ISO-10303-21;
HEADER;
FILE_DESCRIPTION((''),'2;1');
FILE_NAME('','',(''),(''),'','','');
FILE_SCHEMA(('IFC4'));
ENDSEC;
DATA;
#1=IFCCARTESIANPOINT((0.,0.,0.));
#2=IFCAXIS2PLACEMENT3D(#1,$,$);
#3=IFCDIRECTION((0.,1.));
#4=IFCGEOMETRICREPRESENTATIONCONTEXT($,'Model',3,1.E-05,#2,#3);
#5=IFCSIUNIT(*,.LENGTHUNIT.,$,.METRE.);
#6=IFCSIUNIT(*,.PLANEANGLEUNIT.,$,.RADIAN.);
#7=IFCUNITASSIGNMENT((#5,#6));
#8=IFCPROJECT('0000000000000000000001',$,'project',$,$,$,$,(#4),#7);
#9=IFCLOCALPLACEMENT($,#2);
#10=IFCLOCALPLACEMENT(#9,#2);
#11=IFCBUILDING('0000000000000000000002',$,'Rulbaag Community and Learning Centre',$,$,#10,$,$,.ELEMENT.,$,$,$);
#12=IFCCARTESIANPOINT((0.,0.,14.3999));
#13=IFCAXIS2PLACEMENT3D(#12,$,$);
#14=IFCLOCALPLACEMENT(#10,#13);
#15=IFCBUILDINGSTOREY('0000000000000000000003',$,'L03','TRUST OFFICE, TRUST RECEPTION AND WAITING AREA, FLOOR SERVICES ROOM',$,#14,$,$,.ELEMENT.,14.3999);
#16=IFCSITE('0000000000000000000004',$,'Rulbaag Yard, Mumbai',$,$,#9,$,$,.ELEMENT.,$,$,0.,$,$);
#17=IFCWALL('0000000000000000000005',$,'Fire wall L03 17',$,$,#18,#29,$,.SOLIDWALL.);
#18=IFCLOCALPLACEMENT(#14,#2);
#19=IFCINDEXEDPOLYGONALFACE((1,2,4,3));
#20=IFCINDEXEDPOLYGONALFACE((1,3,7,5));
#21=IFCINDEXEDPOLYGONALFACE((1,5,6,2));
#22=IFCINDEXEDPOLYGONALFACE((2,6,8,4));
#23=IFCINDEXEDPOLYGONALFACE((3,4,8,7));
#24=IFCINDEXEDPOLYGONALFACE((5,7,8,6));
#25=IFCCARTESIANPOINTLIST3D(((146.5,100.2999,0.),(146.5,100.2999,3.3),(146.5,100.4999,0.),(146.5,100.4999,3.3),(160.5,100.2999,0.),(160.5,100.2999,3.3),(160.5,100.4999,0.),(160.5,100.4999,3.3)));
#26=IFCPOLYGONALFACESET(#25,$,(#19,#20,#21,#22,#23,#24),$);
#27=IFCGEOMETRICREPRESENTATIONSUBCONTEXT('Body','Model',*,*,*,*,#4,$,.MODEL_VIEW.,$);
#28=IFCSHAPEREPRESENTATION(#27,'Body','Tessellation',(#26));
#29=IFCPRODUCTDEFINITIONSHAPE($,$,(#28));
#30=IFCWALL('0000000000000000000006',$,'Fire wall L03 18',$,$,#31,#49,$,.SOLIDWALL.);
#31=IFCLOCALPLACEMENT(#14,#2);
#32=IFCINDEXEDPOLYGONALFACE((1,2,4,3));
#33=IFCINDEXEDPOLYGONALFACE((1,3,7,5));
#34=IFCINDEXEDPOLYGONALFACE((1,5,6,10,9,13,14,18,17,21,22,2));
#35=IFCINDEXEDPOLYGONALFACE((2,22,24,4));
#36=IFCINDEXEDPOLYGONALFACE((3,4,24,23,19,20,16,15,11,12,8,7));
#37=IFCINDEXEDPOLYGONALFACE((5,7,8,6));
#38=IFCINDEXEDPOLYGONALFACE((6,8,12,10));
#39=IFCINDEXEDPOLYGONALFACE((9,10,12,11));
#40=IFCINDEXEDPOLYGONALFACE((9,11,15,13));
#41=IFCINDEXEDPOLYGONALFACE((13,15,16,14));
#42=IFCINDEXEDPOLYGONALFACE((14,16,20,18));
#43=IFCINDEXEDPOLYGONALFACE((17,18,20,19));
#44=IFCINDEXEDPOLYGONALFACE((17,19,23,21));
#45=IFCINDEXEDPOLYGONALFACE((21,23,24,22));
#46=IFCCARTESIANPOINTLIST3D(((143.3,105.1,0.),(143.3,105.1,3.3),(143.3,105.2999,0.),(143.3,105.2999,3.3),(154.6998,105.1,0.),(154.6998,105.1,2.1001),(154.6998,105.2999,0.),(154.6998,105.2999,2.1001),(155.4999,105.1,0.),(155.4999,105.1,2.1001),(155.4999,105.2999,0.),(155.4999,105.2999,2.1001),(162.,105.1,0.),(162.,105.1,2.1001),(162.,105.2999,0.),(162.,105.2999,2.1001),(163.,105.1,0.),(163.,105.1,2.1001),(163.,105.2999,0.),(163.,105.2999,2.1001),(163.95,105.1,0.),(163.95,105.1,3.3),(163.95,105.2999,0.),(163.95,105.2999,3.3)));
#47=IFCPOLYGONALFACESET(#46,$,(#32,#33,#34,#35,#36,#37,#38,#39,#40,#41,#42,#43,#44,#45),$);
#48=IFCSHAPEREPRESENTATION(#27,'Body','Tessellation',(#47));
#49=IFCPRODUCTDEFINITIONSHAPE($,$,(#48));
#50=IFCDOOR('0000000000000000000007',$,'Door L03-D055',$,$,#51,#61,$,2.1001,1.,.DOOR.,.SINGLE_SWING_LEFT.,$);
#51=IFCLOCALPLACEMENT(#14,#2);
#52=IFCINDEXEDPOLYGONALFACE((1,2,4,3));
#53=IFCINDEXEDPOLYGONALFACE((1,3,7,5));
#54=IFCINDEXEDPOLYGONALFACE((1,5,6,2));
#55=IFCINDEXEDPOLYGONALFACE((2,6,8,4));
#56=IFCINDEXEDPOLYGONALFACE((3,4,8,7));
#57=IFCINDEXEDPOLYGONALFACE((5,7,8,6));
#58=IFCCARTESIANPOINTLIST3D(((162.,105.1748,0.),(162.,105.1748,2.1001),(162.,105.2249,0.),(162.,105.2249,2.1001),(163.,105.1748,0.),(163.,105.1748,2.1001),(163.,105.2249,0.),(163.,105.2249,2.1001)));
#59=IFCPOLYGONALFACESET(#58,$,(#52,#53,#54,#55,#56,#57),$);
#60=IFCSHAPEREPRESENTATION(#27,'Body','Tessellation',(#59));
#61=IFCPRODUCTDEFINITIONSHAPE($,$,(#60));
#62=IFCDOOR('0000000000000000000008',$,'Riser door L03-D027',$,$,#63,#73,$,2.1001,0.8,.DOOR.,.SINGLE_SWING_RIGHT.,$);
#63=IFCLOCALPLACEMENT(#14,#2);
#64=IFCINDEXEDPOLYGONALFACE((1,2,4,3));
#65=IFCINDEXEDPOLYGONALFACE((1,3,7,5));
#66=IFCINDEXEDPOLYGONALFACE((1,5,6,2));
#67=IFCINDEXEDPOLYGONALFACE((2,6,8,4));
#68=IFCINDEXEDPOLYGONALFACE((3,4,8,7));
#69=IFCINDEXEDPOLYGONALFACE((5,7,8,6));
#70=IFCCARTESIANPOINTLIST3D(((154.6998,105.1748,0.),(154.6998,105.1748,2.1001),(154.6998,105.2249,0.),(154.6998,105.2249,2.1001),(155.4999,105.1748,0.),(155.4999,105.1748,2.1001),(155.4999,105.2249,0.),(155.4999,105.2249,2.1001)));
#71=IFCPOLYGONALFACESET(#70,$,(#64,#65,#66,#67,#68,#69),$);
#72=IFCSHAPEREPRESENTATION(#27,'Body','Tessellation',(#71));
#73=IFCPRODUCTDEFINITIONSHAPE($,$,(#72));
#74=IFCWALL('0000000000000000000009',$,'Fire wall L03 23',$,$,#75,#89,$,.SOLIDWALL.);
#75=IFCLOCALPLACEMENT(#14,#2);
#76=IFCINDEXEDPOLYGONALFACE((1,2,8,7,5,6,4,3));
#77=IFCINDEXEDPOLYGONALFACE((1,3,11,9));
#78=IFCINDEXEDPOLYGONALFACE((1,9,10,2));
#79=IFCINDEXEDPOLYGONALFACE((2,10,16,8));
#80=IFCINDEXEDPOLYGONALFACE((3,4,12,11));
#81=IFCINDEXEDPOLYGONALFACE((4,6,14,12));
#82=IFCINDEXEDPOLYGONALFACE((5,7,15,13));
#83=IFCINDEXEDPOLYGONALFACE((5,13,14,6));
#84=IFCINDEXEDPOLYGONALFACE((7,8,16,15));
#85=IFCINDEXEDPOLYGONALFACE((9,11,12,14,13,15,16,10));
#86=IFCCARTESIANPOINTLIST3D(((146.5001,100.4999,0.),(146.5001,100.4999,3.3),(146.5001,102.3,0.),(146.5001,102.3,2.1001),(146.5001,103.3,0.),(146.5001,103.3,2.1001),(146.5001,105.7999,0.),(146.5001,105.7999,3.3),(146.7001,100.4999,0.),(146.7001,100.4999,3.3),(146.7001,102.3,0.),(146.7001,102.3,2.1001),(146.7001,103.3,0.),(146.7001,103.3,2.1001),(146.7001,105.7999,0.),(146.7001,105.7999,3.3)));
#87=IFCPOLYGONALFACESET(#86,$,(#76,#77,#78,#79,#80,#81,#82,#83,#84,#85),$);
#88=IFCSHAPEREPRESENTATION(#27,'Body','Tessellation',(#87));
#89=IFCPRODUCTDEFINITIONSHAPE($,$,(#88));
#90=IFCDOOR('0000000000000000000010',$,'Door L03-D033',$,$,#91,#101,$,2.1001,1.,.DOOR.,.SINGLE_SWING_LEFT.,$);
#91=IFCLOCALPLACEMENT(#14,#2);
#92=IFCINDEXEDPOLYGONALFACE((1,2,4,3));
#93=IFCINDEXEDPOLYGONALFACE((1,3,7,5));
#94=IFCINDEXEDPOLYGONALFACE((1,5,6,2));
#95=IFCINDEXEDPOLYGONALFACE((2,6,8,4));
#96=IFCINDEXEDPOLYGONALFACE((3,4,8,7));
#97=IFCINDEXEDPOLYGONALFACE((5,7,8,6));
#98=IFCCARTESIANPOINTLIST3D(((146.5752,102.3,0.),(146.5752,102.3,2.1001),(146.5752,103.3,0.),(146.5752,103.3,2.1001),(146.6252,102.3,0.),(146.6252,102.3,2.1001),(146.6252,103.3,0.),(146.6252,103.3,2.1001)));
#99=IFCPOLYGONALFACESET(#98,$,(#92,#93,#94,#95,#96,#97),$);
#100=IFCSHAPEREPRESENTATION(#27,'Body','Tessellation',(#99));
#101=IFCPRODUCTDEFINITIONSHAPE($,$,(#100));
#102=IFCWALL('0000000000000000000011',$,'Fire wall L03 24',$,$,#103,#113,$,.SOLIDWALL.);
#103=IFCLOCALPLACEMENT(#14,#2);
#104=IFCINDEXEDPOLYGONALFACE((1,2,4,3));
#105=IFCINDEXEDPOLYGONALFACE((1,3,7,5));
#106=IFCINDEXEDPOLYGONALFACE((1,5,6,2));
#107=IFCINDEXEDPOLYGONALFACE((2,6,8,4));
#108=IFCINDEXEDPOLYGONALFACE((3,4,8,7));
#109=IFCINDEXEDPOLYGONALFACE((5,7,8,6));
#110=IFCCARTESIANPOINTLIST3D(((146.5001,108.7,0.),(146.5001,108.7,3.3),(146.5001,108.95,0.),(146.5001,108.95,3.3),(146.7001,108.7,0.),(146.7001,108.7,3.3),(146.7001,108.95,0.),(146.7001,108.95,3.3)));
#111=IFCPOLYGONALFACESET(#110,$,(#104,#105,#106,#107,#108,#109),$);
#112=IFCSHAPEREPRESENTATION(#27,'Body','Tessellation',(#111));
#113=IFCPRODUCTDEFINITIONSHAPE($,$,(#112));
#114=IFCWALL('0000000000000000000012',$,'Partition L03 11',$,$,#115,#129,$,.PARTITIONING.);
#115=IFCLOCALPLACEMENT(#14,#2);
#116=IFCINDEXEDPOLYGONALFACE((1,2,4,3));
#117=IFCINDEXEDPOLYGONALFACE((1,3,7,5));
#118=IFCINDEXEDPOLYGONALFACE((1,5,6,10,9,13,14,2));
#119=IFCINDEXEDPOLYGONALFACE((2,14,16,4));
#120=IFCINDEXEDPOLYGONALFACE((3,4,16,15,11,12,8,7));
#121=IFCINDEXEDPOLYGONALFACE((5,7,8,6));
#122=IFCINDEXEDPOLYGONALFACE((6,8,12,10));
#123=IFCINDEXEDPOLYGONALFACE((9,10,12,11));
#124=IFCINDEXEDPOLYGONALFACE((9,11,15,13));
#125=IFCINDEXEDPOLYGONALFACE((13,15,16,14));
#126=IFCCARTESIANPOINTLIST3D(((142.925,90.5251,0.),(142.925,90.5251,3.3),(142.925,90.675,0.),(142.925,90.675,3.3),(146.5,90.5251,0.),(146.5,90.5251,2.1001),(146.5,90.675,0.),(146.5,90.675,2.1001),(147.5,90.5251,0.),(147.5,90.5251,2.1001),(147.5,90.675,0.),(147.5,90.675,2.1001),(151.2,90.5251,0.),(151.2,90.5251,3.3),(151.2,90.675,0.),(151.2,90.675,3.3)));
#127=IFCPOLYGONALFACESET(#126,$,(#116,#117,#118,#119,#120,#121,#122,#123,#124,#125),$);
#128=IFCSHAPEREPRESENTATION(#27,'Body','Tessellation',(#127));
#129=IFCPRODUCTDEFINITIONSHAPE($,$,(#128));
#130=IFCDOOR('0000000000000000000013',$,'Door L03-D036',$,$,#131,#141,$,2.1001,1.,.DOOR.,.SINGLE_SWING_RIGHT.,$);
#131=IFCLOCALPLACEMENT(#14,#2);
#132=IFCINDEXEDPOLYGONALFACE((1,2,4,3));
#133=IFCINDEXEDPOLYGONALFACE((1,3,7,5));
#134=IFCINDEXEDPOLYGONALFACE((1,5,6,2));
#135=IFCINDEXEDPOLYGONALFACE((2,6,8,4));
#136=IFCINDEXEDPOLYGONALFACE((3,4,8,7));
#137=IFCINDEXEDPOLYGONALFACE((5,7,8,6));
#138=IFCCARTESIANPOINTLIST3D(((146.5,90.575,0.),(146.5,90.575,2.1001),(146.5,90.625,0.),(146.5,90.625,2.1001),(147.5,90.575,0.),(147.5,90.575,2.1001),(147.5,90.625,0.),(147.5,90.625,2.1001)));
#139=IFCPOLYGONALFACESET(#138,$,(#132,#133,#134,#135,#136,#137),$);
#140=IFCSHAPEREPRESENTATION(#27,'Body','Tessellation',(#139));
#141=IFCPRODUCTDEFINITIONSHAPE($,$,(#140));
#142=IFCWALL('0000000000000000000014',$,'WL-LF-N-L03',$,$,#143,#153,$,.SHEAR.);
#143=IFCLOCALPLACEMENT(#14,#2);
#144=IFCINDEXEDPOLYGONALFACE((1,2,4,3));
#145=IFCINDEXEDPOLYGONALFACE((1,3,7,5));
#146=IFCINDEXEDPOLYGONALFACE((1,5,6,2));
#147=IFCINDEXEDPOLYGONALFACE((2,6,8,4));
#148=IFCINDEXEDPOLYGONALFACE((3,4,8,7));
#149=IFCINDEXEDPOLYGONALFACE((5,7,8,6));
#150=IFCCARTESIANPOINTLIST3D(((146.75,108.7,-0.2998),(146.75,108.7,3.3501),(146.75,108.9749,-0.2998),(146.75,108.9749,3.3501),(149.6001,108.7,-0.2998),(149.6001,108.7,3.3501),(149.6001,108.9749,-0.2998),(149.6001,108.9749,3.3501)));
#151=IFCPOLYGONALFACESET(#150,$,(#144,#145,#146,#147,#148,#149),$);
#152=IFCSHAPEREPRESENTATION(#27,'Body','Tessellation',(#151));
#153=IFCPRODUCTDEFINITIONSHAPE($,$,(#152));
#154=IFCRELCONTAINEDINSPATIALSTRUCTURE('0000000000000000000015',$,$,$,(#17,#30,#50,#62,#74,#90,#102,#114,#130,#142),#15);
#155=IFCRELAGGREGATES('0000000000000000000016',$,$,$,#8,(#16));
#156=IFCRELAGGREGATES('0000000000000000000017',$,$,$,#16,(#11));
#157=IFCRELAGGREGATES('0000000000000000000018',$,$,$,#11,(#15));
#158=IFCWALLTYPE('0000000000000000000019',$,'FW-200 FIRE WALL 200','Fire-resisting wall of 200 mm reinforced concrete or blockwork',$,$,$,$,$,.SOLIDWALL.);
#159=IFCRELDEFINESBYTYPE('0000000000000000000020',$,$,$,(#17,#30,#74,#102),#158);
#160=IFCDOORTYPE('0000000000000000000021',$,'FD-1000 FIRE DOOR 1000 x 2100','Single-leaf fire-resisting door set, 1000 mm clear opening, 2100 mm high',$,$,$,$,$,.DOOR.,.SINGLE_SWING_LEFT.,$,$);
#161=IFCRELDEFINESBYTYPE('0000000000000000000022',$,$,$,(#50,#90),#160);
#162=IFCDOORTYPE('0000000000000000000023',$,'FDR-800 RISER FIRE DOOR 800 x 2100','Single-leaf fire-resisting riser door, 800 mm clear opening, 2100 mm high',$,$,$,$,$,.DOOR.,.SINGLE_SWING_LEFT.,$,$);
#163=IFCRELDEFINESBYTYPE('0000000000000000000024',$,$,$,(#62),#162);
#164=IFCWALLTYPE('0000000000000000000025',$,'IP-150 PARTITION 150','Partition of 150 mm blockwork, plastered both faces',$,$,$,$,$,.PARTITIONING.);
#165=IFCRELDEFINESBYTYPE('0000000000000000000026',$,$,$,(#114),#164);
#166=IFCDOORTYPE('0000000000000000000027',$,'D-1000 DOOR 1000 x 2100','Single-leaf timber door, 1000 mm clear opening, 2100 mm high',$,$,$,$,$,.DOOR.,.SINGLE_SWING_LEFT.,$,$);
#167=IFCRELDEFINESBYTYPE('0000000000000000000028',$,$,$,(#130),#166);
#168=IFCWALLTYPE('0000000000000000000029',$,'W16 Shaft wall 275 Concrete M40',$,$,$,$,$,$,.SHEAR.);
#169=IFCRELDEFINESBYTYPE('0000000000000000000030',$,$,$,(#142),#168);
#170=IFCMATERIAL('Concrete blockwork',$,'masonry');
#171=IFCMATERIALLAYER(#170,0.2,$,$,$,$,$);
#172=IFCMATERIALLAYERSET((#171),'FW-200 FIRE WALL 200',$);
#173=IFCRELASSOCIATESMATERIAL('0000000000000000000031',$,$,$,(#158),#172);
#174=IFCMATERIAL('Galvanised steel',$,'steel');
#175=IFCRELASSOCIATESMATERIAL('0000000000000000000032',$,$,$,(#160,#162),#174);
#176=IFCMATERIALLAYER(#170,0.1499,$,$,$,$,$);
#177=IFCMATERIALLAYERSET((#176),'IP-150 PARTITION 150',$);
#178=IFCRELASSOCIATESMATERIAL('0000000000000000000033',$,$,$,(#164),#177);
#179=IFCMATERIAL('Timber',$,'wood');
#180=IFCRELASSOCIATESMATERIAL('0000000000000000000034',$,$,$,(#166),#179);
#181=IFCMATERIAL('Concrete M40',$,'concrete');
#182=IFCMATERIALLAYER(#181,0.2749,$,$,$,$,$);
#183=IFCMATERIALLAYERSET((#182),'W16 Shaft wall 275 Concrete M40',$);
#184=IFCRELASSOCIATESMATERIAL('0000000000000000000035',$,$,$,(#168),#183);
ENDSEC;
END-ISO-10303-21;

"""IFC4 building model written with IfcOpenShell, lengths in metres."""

from ifc_helpers import new_model, si_unit, direction, frame, frame_2d, origin, place, context, subcontext, project, spatial, rectangle, extrude, material, layer, layer_set, type_object, element, fill, save


model = new_model("IFC4")

# Units and contexts
model_context = context("Model", 3, precision=1e-05, world=origin(), true_north=direction((0.0, 1.0)))
body_context = subcontext(model_context, "Body", "Model", "MODEL_VIEW")
ifc_project = project(units=[si_unit("LENGTHUNIT", "METRE"), si_unit("PLANEANGLEUNIT", "RADIAN")], contexts=[model_context])

# Site, building, storey
site_placement = place(None, origin())
site = spatial("IfcSite", under=ifc_project, at=site_placement, Name="Rulbaag Yard, Mumbai", CompositionType="ELEMENT", RefElevation=0.0)
building_placement = place(site_placement, origin())
building = spatial("IfcBuilding", under=site, at=building_placement, Name="Rulbaag Community and Learning Centre", CompositionType="ELEMENT")
storey_placement = place(building_placement, frame((0.0, 0.0, 14.3999)))
storey = spatial("IfcBuildingStorey", under=building, at=storey_placement, Name="L03", Description="TRUST OFFICE, TRUST RECEPTION AND WAITING AREA, FLOOR SERVICES ROOM", CompositionType="ELEMENT", Elevation=14.3999)

# Wall
ifc_material_1 = material(Name="Concrete blockwork", Category="masonry")
ifc_layer_1 = layer(ifc_material_1, 0.2)
ifc_layer_set_1 = layer_set([ifc_layer_1], Name="FW-200 FIRE WALL 200")
wall_type_1 = type_object("IfcWallType", Name="FW-200 FIRE WALL 200", Description="Fire-resisting wall of 200 mm reinforced concrete or blockwork", PredefinedType="SOLIDWALL", material=ifc_layer_set_1)
wall_1_placement = place(storey_placement, frame((146.5, 100.3999, 0.0), z_axis=(0.0, 0.0, 1.0), x_axis=(1.0, 0.0, 0.0)))
element("IfcWall", 1, at=wall_1_placement, inside=storey, type_object=wall_type_1, Name="Fire wall L03 17", PredefinedType="SOLIDWALL", context=body_context, shape_type="SweptSolid", body=[
    extrude(rectangle(XDim=14.0, YDim=0.2, at=frame_2d((7.0, 0.0))), origin(), (0.0, 0.0, 1.0), 3.3),
])

# Wall, openings, doors
wall_2_placement = place(storey_placement, frame((143.3, 105.2, 0.0), z_axis=(0.0, 0.0, 1.0), x_axis=(1.0, 0.0, 0.0)))
wall_2 = element("IfcWall", 2, at=wall_2_placement, inside=storey, type_object=wall_type_1, Name="Fire wall L03 18", PredefinedType="SOLIDWALL", context=body_context, shape_type="SweptSolid", body=[
    extrude(rectangle(XDim=20.6499, YDim=0.2, at=frame_2d((10.325, 0.0))), origin(), (0.0, 0.0, 1.0), 3.3),
])
opening_1_placement = place(wall_2_placement, frame((11.3999, 0.0, 0.0)))
opening_1 = element("IfcOpeningElement", 3, at=opening_1_placement, cuts=wall_2, PredefinedType="OPENING", context=body_context, shape_type="SweptSolid", body=[
    extrude(rectangle(XDim=0.8, YDim=2.1001, at=frame_2d((0.3999, 1.05))), frame((0.0, 0.1099, 0.0), z_axis=(0.0, -1.0, 0.0), x_axis=(1.0, 0.0, 0.0)), (0.0, 0.0, 1.0), 0.22),
])
opening_2_placement = place(wall_2_placement, frame((18.7, 0.0, 0.0)))
opening_2 = element("IfcOpeningElement", 4, at=opening_2_placement, cuts=wall_2, PredefinedType="OPENING", context=body_context, shape_type="SweptSolid", body=[
    extrude(rectangle(XDim=1.0, YDim=2.1001, at=frame_2d((0.5, 1.05))), frame((0.0, 0.1099, 0.0), z_axis=(0.0, -1.0, 0.0), x_axis=(1.0, 0.0, 0.0)), (0.0, 0.0, 1.0), 0.22),
])
ifc_material_2 = material(Name="Galvanised steel", Category="steel")
door_type_1 = type_object("IfcDoorType", Name="FD-1000 FIRE DOOR 1000 x 2100", Description="Single-leaf fire-resisting door set, 1000 mm clear opening, 2100 mm high", OperationType="SINGLE_SWING_LEFT", PredefinedType="DOOR", material=ifc_material_2)
door_1_placement = place(opening_2_placement, origin())
door_1 = element("IfcDoor", 5, at=door_1_placement, inside=storey, type_object=door_type_1, Name="Door L03-D055", OperationType="SINGLE_SWING_LEFT", OverallHeight=2.1001, OverallWidth=1.0, PredefinedType="DOOR", context=body_context, shape_type="SweptSolid", body=[
    extrude(rectangle(XDim=1.0, YDim=2.1001, at=frame_2d((0.5, 1.05))), frame((0.0, 0.0249, 0.0), z_axis=(0.0, -1.0, 0.0), x_axis=(1.0, 0.0, 0.0)), (0.0, 0.0, 1.0), 0.05),
])
fill(opening_2, door_1)
door_type_2 = type_object("IfcDoorType", Name="FDR-800 RISER FIRE DOOR 800 x 2100", Description="Single-leaf fire-resisting riser door, 800 mm clear opening, 2100 mm high", OperationType="SINGLE_SWING_LEFT", PredefinedType="DOOR", material=ifc_material_2)
door_2_placement = place(opening_1_placement, origin())
door_2 = element("IfcDoor", 6, at=door_2_placement, inside=storey, type_object=door_type_2, Name="Riser door L03-D027", OperationType="SINGLE_SWING_RIGHT", OverallHeight=2.1001, OverallWidth=0.8, PredefinedType="DOOR", context=body_context, shape_type="SweptSolid", body=[
    extrude(rectangle(XDim=0.8, YDim=2.1001, at=frame_2d((0.3999, 1.05))), frame((0.0, 0.0249, 0.0), z_axis=(0.0, -1.0, 0.0), x_axis=(1.0, 0.0, 0.0)), (0.0, 0.0, 1.0), 0.05),
])
fill(opening_1, door_2)

# Wall, opening, door
wall_3_placement = place(storey_placement, frame((146.6001, 100.5, 0.0), z_axis=(0.0, 0.0, 1.0), x_axis=(0.0, 1.0, 0.0)))
wall_3 = element("IfcWall", 7, at=wall_3_placement, inside=storey, type_object=wall_type_1, Name="Fire wall L03 23", PredefinedType="SOLIDWALL", context=body_context, shape_type="SweptSolid", body=[
    extrude(rectangle(XDim=5.3, YDim=0.2, at=frame_2d((2.6499, 0.0))), origin(), (0.0, 0.0, 1.0), 3.3),
])
opening_3_placement = place(wall_3_placement, frame((1.8, 0.0, 0.0)))
opening_3 = element("IfcOpeningElement", 8, at=opening_3_placement, cuts=wall_3, PredefinedType="OPENING", context=body_context, shape_type="SweptSolid", body=[
    extrude(rectangle(XDim=1.0, YDim=2.1001, at=frame_2d((0.5, 1.05))), frame((0.0, 0.1099, 0.0), z_axis=(0.0, -1.0, 0.0), x_axis=(1.0, 0.0, 0.0)), (0.0, 0.0, 1.0), 0.22),
])
door_3_placement = place(opening_3_placement, origin())
door_3 = element("IfcDoor", 9, at=door_3_placement, inside=storey, type_object=door_type_1, Name="Door L03-D033", OperationType="SINGLE_SWING_LEFT", OverallHeight=2.1001, OverallWidth=1.0, PredefinedType="DOOR", context=body_context, shape_type="SweptSolid", body=[
    extrude(rectangle(XDim=1.0, YDim=2.1001, at=frame_2d((0.5, 1.05))), frame((0.0, 0.0249, 0.0), z_axis=(0.0, -1.0, 0.0), x_axis=(1.0, 0.0, 0.0)), (0.0, 0.0, 1.0), 0.05),
])
fill(opening_3, door_3)

# Wall
wall_4_placement = place(storey_placement, frame((146.6001, 108.7, 0.0), z_axis=(0.0, 0.0, 1.0), x_axis=(0.0, 1.0, 0.0)))
element("IfcWall", 10, at=wall_4_placement, inside=storey, type_object=wall_type_1, Name="Fire wall L03 24", PredefinedType="SOLIDWALL", context=body_context, shape_type="SweptSolid", body=[
    extrude(rectangle(XDim=0.25, YDim=0.2, at=frame_2d((0.125, 0.0))), origin(), (0.0, 0.0, 1.0), 3.3),
])

# Wall, opening, door
ifc_layer_2 = layer(ifc_material_1, 0.1499)
ifc_layer_set_2 = layer_set([ifc_layer_2], Name="IP-150 PARTITION 150")
wall_type_2 = type_object("IfcWallType", Name="IP-150 PARTITION 150", Description="Partition of 150 mm blockwork, plastered both faces", PredefinedType="PARTITIONING", material=ifc_layer_set_2)
wall_5_placement = place(storey_placement, frame((142.925, 90.6001, 0.0), z_axis=(0.0, 0.0, 1.0), x_axis=(1.0, 0.0, 0.0)))
wall_5 = element("IfcWall", 11, at=wall_5_placement, inside=storey, type_object=wall_type_2, Name="Partition L03 11", PredefinedType="PARTITIONING", context=body_context, shape_type="SweptSolid", body=[
    extrude(rectangle(XDim=8.2749, YDim=0.1499, at=frame_2d((4.1375, 0.0))), origin(), (0.0, 0.0, 1.0), 3.3),
])
opening_4_placement = place(wall_5_placement, frame((3.575, 0.0, 0.0)))
opening_4 = element("IfcOpeningElement", 12, at=opening_4_placement, cuts=wall_5, PredefinedType="OPENING", context=body_context, shape_type="SweptSolid", body=[
    extrude(rectangle(XDim=1.0, YDim=2.1001, at=frame_2d((0.5, 1.05))), frame((0.0, 0.085, 0.0), z_axis=(0.0, -1.0, 0.0), x_axis=(1.0, 0.0, 0.0)), (0.0, 0.0, 1.0), 0.1699),
])
ifc_material_3 = material(Name="Timber", Category="wood")
door_type_3 = type_object("IfcDoorType", Name="D-1000 DOOR 1000 x 2100", Description="Single-leaf timber door, 1000 mm clear opening, 2100 mm high", OperationType="SINGLE_SWING_LEFT", PredefinedType="DOOR", material=ifc_material_3)
door_4_placement = place(opening_4_placement, origin())
door_4 = element("IfcDoor", 13, at=door_4_placement, inside=storey, type_object=door_type_3, Name="Door L03-D036", OperationType="SINGLE_SWING_RIGHT", OverallHeight=2.1001, OverallWidth=1.0, PredefinedType="DOOR", context=body_context, shape_type="SweptSolid", body=[
    extrude(rectangle(XDim=1.0, YDim=2.1001, at=frame_2d((0.5, 1.05))), frame((0.0, 0.0249, 0.0), z_axis=(0.0, -1.0, 0.0), x_axis=(1.0, 0.0, 0.0)), (0.0, 0.0, 1.0), 0.05),
])
fill(opening_4, door_4)

# Wall
ifc_material_4 = material(Name="Concrete M40", Category="concrete")
ifc_layer_3 = layer(ifc_material_4, 0.2749)
ifc_layer_set_3 = layer_set([ifc_layer_3], Name="W16 Shaft wall 275 Concrete M40")
wall_type_3 = type_object("IfcWallType", Name="W16 Shaft wall 275 Concrete M40", PredefinedType="SHEAR", material=ifc_layer_set_3)
wall_6_placement = place(storey_placement, frame((146.75, 108.8374, -0.2998), z_axis=(0.0, 0.0, 1.0), x_axis=(1.0, 0.0, 0.0)))
element("IfcWall", 14, at=wall_6_placement, inside=storey, type_object=wall_type_3, Name="WL-LF-N-L03", PredefinedType="SHEAR", context=body_context, shape_type="SweptSolid", body=[
    extrude(rectangle(XDim=2.8501, YDim=0.2749, at=frame_2d((1.425, 0.0))), origin(), (0.0, 0.0, 1.0), 3.6499),
])

save(model, "model.ifc")
